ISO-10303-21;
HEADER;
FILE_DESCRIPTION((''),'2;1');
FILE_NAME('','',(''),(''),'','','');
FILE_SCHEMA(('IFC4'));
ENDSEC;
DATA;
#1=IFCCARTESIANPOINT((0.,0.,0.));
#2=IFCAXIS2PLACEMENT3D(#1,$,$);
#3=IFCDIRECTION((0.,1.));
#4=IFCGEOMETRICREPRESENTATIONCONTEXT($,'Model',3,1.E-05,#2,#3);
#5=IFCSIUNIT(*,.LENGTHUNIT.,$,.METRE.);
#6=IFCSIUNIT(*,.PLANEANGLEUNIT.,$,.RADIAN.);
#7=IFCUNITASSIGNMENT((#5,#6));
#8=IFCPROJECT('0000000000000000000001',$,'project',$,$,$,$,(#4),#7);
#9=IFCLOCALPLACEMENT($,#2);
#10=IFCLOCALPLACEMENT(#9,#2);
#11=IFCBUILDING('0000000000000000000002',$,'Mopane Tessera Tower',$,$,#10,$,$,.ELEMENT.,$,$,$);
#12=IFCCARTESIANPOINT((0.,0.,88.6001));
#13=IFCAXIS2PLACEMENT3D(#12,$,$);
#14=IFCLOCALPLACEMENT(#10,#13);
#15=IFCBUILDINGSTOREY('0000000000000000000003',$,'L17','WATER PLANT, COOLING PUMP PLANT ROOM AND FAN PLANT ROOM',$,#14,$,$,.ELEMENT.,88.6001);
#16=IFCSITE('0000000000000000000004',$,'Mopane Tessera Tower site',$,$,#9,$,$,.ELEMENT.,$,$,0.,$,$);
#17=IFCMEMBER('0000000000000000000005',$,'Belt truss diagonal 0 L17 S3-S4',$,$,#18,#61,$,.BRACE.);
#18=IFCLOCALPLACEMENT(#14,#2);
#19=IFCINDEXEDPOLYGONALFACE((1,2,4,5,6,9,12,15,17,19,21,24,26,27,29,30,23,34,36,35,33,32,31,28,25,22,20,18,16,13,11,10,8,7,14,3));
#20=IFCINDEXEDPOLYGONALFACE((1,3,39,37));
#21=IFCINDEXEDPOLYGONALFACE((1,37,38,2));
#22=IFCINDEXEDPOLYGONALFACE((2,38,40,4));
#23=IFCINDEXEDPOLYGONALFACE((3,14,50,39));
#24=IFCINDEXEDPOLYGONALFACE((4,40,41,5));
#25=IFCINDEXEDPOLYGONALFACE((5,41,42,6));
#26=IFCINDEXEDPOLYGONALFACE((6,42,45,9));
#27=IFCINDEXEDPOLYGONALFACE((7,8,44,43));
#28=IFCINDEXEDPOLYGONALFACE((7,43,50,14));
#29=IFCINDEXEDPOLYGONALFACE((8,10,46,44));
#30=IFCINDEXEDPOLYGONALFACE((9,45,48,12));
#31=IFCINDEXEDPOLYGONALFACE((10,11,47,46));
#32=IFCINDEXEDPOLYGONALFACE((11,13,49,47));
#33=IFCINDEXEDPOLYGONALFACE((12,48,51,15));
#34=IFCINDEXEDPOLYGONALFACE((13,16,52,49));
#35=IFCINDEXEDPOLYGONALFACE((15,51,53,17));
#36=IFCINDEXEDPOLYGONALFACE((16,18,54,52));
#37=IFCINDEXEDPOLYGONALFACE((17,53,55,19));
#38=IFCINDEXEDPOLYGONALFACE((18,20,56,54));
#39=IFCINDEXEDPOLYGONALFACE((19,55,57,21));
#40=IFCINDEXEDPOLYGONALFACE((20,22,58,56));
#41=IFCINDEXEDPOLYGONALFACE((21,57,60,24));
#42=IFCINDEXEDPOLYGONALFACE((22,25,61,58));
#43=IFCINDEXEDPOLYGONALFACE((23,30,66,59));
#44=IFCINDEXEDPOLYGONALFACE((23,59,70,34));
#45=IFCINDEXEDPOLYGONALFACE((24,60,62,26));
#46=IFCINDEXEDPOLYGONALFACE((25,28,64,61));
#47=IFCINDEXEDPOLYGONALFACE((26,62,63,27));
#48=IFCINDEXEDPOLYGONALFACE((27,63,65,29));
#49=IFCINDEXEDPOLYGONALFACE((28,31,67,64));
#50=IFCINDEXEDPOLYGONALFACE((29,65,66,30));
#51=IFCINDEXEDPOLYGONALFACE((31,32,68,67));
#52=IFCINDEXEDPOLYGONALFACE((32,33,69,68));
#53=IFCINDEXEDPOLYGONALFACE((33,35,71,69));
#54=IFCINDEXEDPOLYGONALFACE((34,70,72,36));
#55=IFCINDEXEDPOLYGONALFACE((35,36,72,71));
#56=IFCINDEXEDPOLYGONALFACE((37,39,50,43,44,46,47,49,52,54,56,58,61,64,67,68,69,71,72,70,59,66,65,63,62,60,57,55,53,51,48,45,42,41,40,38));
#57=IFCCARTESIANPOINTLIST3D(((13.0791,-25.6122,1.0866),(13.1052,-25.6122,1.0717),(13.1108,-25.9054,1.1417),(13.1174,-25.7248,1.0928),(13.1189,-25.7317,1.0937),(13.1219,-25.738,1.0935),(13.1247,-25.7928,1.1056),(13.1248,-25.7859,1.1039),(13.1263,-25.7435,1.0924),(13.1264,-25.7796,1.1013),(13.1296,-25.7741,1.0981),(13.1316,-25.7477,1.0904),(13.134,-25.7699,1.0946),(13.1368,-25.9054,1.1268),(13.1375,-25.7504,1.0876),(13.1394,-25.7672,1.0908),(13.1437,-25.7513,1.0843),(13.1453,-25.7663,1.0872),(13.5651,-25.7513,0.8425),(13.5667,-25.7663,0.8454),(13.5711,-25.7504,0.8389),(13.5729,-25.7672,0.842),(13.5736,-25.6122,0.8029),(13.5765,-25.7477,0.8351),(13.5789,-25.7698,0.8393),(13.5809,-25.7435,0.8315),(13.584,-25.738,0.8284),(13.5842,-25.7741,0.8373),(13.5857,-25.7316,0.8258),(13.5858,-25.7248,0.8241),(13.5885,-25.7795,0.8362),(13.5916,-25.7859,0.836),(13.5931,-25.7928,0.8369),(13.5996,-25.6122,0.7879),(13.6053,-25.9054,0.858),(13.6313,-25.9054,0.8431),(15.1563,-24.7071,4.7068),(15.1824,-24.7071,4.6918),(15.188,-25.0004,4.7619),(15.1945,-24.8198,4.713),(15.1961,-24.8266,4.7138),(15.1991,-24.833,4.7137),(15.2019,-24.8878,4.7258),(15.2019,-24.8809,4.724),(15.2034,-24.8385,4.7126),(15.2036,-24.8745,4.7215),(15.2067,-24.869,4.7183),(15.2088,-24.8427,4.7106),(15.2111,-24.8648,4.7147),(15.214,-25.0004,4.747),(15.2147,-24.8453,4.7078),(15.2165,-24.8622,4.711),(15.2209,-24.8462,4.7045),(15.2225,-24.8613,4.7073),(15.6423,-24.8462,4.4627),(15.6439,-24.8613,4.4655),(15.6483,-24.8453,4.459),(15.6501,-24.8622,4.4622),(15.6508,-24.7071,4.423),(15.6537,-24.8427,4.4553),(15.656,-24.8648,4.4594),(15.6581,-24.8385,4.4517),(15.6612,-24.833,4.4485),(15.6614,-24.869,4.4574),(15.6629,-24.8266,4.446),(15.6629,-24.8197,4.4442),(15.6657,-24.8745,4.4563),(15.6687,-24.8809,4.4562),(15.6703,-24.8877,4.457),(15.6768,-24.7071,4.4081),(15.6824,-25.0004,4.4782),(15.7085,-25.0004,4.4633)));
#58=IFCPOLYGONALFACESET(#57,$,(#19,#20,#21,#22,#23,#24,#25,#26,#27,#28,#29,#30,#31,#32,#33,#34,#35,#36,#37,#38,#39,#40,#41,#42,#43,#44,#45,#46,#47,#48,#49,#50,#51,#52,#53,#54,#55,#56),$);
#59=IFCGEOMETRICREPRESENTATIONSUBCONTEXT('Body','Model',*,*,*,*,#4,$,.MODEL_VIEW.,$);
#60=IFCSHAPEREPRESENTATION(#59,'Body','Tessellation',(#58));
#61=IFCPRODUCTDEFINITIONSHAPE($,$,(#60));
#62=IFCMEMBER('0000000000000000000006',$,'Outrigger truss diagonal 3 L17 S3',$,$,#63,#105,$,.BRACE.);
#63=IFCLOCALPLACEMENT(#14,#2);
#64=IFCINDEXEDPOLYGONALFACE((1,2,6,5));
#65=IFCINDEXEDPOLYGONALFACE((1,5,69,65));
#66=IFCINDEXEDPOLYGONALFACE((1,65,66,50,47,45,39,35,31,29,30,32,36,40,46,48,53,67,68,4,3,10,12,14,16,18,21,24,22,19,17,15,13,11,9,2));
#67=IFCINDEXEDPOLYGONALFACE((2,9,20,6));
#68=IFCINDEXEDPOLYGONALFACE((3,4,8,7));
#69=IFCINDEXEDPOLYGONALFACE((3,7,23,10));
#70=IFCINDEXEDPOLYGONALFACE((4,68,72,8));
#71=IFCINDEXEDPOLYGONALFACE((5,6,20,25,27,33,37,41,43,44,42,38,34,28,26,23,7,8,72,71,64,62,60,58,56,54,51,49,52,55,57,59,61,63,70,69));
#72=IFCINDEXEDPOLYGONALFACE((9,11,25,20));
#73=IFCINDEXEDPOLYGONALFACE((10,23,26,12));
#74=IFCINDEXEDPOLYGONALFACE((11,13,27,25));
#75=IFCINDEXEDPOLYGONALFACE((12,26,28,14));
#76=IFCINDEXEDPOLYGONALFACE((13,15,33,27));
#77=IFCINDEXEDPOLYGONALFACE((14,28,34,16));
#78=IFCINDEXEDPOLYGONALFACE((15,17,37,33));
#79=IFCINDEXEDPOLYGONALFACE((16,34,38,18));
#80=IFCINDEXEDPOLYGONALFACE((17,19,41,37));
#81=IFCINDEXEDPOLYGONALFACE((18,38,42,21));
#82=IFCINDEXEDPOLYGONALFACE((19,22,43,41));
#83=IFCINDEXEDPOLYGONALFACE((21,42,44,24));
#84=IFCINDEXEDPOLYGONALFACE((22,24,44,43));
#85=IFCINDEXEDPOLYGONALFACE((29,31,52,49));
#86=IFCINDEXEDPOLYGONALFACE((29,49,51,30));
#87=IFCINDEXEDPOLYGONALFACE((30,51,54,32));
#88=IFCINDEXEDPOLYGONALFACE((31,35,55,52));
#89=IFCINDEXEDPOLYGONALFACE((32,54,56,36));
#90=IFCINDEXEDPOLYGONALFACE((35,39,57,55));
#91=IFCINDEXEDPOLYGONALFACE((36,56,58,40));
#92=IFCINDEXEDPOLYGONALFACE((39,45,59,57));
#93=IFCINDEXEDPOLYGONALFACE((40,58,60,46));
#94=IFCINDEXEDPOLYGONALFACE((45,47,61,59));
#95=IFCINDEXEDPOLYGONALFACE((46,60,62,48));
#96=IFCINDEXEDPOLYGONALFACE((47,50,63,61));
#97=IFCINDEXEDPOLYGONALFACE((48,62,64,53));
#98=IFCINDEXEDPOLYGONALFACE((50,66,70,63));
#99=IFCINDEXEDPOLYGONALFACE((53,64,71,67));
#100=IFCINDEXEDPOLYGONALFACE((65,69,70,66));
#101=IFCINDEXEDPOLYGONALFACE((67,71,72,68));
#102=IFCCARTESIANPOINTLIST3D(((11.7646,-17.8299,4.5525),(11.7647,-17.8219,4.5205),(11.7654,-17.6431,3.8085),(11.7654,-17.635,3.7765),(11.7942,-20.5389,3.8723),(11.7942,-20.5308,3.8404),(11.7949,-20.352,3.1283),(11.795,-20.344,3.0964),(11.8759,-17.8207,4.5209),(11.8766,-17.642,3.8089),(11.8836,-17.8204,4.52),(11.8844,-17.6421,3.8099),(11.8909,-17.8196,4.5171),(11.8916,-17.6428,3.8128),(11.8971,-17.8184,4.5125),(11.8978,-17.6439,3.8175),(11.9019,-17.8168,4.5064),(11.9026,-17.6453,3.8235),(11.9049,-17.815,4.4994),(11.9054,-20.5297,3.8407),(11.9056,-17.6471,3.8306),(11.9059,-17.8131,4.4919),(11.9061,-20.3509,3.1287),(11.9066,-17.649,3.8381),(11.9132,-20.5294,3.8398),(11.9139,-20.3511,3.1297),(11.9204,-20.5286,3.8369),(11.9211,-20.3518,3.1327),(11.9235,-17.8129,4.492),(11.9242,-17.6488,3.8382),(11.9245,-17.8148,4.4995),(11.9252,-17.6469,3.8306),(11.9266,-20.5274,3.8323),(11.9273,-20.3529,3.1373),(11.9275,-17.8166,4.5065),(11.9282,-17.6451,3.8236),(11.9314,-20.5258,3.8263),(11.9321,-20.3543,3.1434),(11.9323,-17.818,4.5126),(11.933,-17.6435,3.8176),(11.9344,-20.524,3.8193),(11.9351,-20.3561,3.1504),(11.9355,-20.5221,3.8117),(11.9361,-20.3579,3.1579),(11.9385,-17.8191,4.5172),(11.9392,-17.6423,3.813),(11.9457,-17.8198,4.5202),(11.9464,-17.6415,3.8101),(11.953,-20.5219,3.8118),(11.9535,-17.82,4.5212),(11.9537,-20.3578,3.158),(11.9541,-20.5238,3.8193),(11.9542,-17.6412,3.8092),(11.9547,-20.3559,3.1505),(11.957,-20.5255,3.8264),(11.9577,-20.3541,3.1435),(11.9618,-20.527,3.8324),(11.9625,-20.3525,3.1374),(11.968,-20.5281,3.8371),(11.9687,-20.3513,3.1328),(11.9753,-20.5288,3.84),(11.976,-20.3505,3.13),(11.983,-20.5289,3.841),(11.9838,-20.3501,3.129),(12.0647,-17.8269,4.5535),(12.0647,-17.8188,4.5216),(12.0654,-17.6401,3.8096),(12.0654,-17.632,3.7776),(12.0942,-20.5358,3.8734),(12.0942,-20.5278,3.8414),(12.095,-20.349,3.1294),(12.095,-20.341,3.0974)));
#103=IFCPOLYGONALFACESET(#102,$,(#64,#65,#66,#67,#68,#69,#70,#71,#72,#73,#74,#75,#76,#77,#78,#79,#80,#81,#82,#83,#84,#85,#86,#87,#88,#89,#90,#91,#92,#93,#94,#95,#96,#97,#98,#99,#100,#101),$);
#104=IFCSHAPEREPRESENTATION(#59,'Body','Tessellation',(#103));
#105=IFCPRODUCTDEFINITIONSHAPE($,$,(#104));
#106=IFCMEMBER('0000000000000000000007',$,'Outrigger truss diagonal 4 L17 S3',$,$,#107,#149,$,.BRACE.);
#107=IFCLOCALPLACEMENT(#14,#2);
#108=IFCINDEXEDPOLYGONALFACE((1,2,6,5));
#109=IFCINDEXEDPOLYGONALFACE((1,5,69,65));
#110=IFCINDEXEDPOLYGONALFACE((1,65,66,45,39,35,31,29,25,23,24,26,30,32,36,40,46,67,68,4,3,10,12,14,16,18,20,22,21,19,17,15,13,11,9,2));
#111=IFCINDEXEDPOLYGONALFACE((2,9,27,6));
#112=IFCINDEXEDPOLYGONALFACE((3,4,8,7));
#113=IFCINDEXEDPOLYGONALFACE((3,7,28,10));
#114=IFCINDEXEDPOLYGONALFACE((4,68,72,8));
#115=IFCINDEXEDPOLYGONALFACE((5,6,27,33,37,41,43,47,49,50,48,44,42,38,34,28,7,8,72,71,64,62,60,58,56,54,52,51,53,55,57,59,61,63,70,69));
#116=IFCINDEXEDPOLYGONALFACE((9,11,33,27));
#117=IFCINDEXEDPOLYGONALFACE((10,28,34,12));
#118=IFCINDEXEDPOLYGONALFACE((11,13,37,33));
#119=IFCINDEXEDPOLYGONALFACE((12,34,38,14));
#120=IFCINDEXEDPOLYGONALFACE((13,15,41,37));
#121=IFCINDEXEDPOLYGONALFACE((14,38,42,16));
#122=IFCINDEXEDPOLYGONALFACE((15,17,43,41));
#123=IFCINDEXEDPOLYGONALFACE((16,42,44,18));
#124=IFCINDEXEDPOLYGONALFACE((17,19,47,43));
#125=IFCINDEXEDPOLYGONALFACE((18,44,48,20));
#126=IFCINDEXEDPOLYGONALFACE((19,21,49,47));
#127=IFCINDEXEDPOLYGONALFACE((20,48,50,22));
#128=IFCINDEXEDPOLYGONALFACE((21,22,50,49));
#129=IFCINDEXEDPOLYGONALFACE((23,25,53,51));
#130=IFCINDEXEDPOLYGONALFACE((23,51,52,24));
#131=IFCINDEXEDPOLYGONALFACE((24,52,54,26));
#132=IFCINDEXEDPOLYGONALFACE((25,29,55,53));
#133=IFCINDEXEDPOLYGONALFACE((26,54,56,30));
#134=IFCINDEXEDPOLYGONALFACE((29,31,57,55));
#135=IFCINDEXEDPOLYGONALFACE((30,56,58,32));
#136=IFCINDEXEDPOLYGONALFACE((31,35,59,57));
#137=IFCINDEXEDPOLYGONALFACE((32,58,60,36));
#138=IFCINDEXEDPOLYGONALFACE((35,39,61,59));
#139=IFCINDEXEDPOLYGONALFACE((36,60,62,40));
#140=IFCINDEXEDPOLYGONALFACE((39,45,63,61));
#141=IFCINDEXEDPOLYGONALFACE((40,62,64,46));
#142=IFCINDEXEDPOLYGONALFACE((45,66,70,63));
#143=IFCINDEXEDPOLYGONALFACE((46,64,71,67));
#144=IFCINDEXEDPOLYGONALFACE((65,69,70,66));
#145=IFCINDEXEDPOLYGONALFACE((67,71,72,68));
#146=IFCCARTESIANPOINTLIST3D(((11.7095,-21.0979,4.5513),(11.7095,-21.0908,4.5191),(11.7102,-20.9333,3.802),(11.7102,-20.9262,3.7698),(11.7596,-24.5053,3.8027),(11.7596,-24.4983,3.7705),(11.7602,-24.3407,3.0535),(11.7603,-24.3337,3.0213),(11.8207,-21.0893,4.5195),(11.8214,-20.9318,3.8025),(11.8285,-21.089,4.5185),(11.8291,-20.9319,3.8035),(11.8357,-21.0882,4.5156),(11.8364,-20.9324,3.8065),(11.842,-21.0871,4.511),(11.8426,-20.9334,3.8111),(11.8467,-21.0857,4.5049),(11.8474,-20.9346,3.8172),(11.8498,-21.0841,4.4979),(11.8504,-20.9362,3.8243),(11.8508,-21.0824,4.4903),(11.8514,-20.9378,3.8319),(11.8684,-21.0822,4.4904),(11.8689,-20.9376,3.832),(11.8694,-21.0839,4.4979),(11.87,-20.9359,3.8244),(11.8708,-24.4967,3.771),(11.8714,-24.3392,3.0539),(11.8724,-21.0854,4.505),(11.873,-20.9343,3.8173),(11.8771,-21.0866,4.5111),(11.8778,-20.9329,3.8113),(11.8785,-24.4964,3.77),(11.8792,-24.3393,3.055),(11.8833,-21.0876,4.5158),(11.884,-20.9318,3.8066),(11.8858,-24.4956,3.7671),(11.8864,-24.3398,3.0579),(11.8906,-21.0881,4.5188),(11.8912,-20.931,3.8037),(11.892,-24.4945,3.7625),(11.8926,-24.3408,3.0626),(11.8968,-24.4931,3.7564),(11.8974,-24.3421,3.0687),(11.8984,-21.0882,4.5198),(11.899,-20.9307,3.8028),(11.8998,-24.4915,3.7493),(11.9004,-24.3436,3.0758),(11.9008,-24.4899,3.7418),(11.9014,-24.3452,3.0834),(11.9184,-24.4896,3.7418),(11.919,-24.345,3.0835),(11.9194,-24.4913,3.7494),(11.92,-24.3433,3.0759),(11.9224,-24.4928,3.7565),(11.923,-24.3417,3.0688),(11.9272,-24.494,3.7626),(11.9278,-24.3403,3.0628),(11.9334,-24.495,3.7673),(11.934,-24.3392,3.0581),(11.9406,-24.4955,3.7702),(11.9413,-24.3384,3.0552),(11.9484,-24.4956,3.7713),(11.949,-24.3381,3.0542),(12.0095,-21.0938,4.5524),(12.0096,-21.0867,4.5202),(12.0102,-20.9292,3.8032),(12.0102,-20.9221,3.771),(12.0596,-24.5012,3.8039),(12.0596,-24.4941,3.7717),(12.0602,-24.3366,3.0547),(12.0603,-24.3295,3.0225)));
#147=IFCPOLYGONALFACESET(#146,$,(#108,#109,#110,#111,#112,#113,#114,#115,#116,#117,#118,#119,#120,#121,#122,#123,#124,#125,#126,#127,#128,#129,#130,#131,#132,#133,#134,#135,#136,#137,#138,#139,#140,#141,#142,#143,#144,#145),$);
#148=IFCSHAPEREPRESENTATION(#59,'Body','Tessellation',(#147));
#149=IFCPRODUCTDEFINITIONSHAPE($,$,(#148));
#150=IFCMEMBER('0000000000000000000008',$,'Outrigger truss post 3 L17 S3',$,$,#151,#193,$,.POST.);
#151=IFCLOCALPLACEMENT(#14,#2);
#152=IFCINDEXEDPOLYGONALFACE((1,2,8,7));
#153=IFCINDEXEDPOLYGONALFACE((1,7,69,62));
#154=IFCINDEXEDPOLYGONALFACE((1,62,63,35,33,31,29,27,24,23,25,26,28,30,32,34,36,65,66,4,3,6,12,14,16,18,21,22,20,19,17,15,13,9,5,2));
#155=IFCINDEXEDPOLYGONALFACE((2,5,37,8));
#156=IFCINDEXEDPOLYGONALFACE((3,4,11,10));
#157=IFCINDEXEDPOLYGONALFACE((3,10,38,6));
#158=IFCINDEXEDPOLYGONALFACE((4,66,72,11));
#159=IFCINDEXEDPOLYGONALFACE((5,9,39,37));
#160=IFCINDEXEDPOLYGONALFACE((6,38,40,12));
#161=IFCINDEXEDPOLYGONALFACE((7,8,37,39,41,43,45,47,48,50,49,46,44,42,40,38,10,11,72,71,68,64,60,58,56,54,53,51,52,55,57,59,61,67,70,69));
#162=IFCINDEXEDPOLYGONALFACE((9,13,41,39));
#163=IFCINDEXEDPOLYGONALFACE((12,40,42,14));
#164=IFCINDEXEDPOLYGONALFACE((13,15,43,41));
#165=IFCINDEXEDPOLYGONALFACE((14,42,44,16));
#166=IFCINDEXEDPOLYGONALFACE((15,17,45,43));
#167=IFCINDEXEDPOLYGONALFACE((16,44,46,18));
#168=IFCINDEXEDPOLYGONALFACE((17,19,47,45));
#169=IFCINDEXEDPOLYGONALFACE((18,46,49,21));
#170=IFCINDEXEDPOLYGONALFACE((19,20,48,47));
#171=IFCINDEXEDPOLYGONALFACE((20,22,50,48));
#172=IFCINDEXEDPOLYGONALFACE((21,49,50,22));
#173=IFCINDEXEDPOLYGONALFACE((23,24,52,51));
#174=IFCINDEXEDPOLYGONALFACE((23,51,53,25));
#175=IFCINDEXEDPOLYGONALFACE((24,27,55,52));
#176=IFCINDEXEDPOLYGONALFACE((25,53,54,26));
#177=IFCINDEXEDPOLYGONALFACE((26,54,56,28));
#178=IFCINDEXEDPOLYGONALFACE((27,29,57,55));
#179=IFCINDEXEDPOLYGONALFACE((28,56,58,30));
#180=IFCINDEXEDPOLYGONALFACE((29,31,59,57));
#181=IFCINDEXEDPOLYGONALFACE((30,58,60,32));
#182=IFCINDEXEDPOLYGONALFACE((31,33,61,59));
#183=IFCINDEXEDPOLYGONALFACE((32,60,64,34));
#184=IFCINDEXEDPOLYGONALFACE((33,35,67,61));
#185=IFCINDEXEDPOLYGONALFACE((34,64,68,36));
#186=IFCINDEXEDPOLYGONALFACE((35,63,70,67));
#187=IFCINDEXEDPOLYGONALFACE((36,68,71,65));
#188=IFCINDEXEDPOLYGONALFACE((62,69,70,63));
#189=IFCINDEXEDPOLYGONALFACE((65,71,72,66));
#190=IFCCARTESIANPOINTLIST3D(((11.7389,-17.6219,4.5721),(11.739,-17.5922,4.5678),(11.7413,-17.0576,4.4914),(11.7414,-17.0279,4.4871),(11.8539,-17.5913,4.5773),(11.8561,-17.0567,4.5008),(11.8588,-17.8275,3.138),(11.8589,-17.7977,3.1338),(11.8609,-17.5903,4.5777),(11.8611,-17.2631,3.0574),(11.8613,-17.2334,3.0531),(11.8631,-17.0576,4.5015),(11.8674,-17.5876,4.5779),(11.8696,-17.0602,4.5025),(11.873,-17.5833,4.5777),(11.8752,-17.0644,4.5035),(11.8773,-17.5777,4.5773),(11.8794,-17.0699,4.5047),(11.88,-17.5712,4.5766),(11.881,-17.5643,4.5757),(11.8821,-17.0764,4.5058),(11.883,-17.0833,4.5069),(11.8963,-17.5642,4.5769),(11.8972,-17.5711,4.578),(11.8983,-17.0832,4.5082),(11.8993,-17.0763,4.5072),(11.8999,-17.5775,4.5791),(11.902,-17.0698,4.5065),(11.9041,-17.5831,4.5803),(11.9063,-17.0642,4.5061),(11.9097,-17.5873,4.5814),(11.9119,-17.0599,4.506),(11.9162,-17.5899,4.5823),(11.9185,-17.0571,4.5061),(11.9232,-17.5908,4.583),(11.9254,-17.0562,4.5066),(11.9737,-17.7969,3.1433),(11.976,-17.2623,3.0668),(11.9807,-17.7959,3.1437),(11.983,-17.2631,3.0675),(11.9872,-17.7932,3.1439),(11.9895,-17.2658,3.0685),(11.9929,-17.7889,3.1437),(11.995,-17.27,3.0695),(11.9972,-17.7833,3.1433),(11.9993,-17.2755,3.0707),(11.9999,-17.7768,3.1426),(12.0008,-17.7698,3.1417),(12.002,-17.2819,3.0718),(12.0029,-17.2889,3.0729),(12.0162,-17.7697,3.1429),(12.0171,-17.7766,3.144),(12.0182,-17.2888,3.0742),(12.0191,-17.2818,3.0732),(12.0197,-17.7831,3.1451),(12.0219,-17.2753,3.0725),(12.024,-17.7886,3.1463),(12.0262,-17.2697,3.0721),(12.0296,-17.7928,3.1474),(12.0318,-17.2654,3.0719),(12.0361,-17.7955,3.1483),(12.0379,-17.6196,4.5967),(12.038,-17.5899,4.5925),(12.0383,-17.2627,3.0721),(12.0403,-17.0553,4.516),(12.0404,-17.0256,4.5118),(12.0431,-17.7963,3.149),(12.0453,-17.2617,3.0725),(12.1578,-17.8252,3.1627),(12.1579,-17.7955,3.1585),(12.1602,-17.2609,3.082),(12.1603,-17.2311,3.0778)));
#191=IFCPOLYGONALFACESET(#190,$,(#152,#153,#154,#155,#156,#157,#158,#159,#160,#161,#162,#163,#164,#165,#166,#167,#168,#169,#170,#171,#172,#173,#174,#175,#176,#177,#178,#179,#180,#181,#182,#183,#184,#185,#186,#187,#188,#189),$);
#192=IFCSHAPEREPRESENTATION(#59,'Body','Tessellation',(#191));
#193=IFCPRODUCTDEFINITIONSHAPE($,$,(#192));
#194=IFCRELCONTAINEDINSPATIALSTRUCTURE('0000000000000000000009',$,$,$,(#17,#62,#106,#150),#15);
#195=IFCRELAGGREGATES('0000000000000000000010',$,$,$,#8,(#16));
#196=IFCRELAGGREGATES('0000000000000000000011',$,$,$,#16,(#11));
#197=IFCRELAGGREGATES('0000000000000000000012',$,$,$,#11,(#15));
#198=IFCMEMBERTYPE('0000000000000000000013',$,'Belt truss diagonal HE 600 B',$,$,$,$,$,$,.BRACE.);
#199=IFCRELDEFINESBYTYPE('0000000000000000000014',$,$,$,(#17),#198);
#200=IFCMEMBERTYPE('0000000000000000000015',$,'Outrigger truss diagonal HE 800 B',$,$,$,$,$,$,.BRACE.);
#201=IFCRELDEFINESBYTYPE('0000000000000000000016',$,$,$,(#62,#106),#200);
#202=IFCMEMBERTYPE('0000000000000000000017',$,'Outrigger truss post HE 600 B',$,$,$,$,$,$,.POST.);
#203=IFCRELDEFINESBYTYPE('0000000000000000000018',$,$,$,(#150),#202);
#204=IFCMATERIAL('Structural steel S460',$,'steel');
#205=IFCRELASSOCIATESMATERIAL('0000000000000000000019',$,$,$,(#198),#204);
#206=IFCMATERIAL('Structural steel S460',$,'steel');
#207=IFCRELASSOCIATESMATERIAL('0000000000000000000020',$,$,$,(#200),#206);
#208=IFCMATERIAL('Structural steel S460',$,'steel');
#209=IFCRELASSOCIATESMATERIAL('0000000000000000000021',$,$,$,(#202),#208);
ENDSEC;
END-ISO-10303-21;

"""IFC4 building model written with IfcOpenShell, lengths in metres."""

from ifc_helpers import new_model, si_unit, direction, frame, origin, origin_2d, place, context, subcontext, project, spatial, i_section, extrude, material, material_profile, profile_set, type_object, element, save


model = new_model("IFC4")

# Units and contexts
model_context = context("Model", 3, precision=1e-05, world=origin(), true_north=direction((0.0, 1.0)))
body_context = subcontext(model_context, "Body", "Model", "MODEL_VIEW")
ifc_project = project(units=[si_unit("LENGTHUNIT", "METRE"), si_unit("PLANEANGLEUNIT", "RADIAN")], contexts=[model_context])

# Site, building, storey
site_placement = place(None, origin())
site = spatial("IfcSite", under=ifc_project, at=site_placement, Name="Mopane Tessera Tower site", CompositionType="ELEMENT", RefElevation=0.0)
building_placement = place(site_placement, origin())
building = spatial("IfcBuilding", under=site, at=building_placement, Name="Mopane Tessera Tower", CompositionType="ELEMENT")
storey_placement = place(building_placement, frame((0.0, 0.0, 88.6001)))
storey = spatial("IfcBuildingStorey", under=building, at=storey_placement, Name="L17", Description="WATER PLANT, COOLING PUMP PLANT ROOM AND FAN PLANT ROOM", CompositionType="ELEMENT", Elevation=88.6001)

# Members
ifc_material_1 = material(Name="Structural steel S460", Category="steel")
ifc_material_profile_1 = material_profile(ifc_material_1, i_section(OverallWidth=0.3, OverallDepth=0.6001, WebThickness=0.0154, FlangeThickness=0.03, FilletRadius=0.0271, at=origin_2d()))
ifc_profile_set_1 = profile_set([ifc_material_profile_1], Name="Structural steel S460")
member_type_1 = type_object("IfcMemberType", Name="Belt truss diagonal HE 600 B", PredefinedType="BRACE", material=ifc_profile_set_1)
member_1_placement = place(storey_placement, frame((13.3552, -25.7588, 0.9648), z_axis=(0.486372, 0.211916, 0.847664), x_axis=(-0.105492, 0.977288, -0.183793)))
element("IfcMember", 1, at=member_1_placement, inside=storey, type_object=member_type_1, Name="Belt truss diagonal 0 L17 S3-S4", PredefinedType="BRACE", context=body_context, shape_type="SweptSolid", body=[
    extrude(i_section(OverallWidth=0.3, OverallDepth=0.6001, WebThickness=0.0154, FlangeThickness=0.03, FilletRadius=0.0271, at=origin_2d()), origin(), (0.0, 0.0, 1.0), 4.2708),
])
ifc_material_2 = material(Name="Structural steel S460", Category="steel")
ifc_material_profile_2 = material_profile(ifc_material_2, i_section(OverallWidth=0.3, OverallDepth=0.8, WebThickness=0.0176, FlangeThickness=0.033, FilletRadius=0.03, at=origin_2d()))
ifc_profile_set_2 = profile_set([ifc_material_profile_2], Name="Structural steel S460")
member_type_2 = type_object("IfcMemberType", Name="Outrigger truss diagonal HE 800 B", PredefinedType="BRACE", material=ifc_profile_set_2)
member_2_placement = place(storey_placement, frame((11.915, -17.731, 4.165), z_axis=(0.010576, -0.969841, -0.243509), x_axis=(0.999944, 0.010019, 0.003524)))
element("IfcMember", 2, at=member_2_placement, inside=storey, type_object=member_type_2, Name="Outrigger truss diagonal 3 L17 S3", PredefinedType="BRACE", context=body_context, shape_type="SweptSolid", body=[
    extrude(i_section(OverallWidth=0.3, OverallDepth=0.8, WebThickness=0.0176, FlangeThickness=0.033, FilletRadius=0.03, at=origin_2d()), origin(), (0.0, 0.0, 1.0), 2.7932),
])
member_3_placement = place(storey_placement, frame((11.8599, -21.01, 4.1611), z_axis=(0.014344, -0.976611, -0.214537), x_axis=(0.999897, 0.013823, 0.00393)))
element("IfcMember", 3, at=member_3_placement, inside=storey, type_object=member_type_2, Name="Outrigger truss diagonal 4 L17 S3", PredefinedType="BRACE", context=body_context, shape_type="SweptSolid", body=[
    extrude(i_section(OverallWidth=0.3, OverallDepth=0.8, WebThickness=0.0176, FlangeThickness=0.033, FilletRadius=0.03, at=origin_2d()), origin(), (0.0, 0.0, 1.0), 3.489),
])
ifc_material_3 = material(Name="Structural steel S460", Category="steel")
ifc_material_profile_3 = material_profile(ifc_material_3, i_section(OverallWidth=0.3, OverallDepth=0.6001, WebThickness=0.0154, FlangeThickness=0.03, FilletRadius=0.0271, at=origin_2d()))
ifc_profile_set_3 = profile_set([ifc_material_profile_3], Name="Structural steel S460")
member_type_3 = type_object("IfcMemberType", Name="Outrigger truss post HE 600 B", PredefinedType="POST", material=ifc_profile_set_3)
member_4_placement = place(storey_placement, frame((12.0095, -17.5293, 3.1079), z_axis=(-0.082461, 0.14141, 0.986511), x_axis=(0.996586, 0.007569, 0.082218)))
element("IfcMember", 4, at=member_4_placement, inside=storey, type_object=member_type_3, Name="Outrigger truss post 3 L17 S3", PredefinedType="POST", context=body_context, shape_type="SweptSolid", body=[
    extrude(i_section(OverallWidth=0.3, OverallDepth=0.6001, WebThickness=0.0154, FlangeThickness=0.03, FilletRadius=0.0271, at=origin_2d()), origin(), (0.0, 0.0, 1.0), 1.4536),
])

save(model, "model.ifc")
